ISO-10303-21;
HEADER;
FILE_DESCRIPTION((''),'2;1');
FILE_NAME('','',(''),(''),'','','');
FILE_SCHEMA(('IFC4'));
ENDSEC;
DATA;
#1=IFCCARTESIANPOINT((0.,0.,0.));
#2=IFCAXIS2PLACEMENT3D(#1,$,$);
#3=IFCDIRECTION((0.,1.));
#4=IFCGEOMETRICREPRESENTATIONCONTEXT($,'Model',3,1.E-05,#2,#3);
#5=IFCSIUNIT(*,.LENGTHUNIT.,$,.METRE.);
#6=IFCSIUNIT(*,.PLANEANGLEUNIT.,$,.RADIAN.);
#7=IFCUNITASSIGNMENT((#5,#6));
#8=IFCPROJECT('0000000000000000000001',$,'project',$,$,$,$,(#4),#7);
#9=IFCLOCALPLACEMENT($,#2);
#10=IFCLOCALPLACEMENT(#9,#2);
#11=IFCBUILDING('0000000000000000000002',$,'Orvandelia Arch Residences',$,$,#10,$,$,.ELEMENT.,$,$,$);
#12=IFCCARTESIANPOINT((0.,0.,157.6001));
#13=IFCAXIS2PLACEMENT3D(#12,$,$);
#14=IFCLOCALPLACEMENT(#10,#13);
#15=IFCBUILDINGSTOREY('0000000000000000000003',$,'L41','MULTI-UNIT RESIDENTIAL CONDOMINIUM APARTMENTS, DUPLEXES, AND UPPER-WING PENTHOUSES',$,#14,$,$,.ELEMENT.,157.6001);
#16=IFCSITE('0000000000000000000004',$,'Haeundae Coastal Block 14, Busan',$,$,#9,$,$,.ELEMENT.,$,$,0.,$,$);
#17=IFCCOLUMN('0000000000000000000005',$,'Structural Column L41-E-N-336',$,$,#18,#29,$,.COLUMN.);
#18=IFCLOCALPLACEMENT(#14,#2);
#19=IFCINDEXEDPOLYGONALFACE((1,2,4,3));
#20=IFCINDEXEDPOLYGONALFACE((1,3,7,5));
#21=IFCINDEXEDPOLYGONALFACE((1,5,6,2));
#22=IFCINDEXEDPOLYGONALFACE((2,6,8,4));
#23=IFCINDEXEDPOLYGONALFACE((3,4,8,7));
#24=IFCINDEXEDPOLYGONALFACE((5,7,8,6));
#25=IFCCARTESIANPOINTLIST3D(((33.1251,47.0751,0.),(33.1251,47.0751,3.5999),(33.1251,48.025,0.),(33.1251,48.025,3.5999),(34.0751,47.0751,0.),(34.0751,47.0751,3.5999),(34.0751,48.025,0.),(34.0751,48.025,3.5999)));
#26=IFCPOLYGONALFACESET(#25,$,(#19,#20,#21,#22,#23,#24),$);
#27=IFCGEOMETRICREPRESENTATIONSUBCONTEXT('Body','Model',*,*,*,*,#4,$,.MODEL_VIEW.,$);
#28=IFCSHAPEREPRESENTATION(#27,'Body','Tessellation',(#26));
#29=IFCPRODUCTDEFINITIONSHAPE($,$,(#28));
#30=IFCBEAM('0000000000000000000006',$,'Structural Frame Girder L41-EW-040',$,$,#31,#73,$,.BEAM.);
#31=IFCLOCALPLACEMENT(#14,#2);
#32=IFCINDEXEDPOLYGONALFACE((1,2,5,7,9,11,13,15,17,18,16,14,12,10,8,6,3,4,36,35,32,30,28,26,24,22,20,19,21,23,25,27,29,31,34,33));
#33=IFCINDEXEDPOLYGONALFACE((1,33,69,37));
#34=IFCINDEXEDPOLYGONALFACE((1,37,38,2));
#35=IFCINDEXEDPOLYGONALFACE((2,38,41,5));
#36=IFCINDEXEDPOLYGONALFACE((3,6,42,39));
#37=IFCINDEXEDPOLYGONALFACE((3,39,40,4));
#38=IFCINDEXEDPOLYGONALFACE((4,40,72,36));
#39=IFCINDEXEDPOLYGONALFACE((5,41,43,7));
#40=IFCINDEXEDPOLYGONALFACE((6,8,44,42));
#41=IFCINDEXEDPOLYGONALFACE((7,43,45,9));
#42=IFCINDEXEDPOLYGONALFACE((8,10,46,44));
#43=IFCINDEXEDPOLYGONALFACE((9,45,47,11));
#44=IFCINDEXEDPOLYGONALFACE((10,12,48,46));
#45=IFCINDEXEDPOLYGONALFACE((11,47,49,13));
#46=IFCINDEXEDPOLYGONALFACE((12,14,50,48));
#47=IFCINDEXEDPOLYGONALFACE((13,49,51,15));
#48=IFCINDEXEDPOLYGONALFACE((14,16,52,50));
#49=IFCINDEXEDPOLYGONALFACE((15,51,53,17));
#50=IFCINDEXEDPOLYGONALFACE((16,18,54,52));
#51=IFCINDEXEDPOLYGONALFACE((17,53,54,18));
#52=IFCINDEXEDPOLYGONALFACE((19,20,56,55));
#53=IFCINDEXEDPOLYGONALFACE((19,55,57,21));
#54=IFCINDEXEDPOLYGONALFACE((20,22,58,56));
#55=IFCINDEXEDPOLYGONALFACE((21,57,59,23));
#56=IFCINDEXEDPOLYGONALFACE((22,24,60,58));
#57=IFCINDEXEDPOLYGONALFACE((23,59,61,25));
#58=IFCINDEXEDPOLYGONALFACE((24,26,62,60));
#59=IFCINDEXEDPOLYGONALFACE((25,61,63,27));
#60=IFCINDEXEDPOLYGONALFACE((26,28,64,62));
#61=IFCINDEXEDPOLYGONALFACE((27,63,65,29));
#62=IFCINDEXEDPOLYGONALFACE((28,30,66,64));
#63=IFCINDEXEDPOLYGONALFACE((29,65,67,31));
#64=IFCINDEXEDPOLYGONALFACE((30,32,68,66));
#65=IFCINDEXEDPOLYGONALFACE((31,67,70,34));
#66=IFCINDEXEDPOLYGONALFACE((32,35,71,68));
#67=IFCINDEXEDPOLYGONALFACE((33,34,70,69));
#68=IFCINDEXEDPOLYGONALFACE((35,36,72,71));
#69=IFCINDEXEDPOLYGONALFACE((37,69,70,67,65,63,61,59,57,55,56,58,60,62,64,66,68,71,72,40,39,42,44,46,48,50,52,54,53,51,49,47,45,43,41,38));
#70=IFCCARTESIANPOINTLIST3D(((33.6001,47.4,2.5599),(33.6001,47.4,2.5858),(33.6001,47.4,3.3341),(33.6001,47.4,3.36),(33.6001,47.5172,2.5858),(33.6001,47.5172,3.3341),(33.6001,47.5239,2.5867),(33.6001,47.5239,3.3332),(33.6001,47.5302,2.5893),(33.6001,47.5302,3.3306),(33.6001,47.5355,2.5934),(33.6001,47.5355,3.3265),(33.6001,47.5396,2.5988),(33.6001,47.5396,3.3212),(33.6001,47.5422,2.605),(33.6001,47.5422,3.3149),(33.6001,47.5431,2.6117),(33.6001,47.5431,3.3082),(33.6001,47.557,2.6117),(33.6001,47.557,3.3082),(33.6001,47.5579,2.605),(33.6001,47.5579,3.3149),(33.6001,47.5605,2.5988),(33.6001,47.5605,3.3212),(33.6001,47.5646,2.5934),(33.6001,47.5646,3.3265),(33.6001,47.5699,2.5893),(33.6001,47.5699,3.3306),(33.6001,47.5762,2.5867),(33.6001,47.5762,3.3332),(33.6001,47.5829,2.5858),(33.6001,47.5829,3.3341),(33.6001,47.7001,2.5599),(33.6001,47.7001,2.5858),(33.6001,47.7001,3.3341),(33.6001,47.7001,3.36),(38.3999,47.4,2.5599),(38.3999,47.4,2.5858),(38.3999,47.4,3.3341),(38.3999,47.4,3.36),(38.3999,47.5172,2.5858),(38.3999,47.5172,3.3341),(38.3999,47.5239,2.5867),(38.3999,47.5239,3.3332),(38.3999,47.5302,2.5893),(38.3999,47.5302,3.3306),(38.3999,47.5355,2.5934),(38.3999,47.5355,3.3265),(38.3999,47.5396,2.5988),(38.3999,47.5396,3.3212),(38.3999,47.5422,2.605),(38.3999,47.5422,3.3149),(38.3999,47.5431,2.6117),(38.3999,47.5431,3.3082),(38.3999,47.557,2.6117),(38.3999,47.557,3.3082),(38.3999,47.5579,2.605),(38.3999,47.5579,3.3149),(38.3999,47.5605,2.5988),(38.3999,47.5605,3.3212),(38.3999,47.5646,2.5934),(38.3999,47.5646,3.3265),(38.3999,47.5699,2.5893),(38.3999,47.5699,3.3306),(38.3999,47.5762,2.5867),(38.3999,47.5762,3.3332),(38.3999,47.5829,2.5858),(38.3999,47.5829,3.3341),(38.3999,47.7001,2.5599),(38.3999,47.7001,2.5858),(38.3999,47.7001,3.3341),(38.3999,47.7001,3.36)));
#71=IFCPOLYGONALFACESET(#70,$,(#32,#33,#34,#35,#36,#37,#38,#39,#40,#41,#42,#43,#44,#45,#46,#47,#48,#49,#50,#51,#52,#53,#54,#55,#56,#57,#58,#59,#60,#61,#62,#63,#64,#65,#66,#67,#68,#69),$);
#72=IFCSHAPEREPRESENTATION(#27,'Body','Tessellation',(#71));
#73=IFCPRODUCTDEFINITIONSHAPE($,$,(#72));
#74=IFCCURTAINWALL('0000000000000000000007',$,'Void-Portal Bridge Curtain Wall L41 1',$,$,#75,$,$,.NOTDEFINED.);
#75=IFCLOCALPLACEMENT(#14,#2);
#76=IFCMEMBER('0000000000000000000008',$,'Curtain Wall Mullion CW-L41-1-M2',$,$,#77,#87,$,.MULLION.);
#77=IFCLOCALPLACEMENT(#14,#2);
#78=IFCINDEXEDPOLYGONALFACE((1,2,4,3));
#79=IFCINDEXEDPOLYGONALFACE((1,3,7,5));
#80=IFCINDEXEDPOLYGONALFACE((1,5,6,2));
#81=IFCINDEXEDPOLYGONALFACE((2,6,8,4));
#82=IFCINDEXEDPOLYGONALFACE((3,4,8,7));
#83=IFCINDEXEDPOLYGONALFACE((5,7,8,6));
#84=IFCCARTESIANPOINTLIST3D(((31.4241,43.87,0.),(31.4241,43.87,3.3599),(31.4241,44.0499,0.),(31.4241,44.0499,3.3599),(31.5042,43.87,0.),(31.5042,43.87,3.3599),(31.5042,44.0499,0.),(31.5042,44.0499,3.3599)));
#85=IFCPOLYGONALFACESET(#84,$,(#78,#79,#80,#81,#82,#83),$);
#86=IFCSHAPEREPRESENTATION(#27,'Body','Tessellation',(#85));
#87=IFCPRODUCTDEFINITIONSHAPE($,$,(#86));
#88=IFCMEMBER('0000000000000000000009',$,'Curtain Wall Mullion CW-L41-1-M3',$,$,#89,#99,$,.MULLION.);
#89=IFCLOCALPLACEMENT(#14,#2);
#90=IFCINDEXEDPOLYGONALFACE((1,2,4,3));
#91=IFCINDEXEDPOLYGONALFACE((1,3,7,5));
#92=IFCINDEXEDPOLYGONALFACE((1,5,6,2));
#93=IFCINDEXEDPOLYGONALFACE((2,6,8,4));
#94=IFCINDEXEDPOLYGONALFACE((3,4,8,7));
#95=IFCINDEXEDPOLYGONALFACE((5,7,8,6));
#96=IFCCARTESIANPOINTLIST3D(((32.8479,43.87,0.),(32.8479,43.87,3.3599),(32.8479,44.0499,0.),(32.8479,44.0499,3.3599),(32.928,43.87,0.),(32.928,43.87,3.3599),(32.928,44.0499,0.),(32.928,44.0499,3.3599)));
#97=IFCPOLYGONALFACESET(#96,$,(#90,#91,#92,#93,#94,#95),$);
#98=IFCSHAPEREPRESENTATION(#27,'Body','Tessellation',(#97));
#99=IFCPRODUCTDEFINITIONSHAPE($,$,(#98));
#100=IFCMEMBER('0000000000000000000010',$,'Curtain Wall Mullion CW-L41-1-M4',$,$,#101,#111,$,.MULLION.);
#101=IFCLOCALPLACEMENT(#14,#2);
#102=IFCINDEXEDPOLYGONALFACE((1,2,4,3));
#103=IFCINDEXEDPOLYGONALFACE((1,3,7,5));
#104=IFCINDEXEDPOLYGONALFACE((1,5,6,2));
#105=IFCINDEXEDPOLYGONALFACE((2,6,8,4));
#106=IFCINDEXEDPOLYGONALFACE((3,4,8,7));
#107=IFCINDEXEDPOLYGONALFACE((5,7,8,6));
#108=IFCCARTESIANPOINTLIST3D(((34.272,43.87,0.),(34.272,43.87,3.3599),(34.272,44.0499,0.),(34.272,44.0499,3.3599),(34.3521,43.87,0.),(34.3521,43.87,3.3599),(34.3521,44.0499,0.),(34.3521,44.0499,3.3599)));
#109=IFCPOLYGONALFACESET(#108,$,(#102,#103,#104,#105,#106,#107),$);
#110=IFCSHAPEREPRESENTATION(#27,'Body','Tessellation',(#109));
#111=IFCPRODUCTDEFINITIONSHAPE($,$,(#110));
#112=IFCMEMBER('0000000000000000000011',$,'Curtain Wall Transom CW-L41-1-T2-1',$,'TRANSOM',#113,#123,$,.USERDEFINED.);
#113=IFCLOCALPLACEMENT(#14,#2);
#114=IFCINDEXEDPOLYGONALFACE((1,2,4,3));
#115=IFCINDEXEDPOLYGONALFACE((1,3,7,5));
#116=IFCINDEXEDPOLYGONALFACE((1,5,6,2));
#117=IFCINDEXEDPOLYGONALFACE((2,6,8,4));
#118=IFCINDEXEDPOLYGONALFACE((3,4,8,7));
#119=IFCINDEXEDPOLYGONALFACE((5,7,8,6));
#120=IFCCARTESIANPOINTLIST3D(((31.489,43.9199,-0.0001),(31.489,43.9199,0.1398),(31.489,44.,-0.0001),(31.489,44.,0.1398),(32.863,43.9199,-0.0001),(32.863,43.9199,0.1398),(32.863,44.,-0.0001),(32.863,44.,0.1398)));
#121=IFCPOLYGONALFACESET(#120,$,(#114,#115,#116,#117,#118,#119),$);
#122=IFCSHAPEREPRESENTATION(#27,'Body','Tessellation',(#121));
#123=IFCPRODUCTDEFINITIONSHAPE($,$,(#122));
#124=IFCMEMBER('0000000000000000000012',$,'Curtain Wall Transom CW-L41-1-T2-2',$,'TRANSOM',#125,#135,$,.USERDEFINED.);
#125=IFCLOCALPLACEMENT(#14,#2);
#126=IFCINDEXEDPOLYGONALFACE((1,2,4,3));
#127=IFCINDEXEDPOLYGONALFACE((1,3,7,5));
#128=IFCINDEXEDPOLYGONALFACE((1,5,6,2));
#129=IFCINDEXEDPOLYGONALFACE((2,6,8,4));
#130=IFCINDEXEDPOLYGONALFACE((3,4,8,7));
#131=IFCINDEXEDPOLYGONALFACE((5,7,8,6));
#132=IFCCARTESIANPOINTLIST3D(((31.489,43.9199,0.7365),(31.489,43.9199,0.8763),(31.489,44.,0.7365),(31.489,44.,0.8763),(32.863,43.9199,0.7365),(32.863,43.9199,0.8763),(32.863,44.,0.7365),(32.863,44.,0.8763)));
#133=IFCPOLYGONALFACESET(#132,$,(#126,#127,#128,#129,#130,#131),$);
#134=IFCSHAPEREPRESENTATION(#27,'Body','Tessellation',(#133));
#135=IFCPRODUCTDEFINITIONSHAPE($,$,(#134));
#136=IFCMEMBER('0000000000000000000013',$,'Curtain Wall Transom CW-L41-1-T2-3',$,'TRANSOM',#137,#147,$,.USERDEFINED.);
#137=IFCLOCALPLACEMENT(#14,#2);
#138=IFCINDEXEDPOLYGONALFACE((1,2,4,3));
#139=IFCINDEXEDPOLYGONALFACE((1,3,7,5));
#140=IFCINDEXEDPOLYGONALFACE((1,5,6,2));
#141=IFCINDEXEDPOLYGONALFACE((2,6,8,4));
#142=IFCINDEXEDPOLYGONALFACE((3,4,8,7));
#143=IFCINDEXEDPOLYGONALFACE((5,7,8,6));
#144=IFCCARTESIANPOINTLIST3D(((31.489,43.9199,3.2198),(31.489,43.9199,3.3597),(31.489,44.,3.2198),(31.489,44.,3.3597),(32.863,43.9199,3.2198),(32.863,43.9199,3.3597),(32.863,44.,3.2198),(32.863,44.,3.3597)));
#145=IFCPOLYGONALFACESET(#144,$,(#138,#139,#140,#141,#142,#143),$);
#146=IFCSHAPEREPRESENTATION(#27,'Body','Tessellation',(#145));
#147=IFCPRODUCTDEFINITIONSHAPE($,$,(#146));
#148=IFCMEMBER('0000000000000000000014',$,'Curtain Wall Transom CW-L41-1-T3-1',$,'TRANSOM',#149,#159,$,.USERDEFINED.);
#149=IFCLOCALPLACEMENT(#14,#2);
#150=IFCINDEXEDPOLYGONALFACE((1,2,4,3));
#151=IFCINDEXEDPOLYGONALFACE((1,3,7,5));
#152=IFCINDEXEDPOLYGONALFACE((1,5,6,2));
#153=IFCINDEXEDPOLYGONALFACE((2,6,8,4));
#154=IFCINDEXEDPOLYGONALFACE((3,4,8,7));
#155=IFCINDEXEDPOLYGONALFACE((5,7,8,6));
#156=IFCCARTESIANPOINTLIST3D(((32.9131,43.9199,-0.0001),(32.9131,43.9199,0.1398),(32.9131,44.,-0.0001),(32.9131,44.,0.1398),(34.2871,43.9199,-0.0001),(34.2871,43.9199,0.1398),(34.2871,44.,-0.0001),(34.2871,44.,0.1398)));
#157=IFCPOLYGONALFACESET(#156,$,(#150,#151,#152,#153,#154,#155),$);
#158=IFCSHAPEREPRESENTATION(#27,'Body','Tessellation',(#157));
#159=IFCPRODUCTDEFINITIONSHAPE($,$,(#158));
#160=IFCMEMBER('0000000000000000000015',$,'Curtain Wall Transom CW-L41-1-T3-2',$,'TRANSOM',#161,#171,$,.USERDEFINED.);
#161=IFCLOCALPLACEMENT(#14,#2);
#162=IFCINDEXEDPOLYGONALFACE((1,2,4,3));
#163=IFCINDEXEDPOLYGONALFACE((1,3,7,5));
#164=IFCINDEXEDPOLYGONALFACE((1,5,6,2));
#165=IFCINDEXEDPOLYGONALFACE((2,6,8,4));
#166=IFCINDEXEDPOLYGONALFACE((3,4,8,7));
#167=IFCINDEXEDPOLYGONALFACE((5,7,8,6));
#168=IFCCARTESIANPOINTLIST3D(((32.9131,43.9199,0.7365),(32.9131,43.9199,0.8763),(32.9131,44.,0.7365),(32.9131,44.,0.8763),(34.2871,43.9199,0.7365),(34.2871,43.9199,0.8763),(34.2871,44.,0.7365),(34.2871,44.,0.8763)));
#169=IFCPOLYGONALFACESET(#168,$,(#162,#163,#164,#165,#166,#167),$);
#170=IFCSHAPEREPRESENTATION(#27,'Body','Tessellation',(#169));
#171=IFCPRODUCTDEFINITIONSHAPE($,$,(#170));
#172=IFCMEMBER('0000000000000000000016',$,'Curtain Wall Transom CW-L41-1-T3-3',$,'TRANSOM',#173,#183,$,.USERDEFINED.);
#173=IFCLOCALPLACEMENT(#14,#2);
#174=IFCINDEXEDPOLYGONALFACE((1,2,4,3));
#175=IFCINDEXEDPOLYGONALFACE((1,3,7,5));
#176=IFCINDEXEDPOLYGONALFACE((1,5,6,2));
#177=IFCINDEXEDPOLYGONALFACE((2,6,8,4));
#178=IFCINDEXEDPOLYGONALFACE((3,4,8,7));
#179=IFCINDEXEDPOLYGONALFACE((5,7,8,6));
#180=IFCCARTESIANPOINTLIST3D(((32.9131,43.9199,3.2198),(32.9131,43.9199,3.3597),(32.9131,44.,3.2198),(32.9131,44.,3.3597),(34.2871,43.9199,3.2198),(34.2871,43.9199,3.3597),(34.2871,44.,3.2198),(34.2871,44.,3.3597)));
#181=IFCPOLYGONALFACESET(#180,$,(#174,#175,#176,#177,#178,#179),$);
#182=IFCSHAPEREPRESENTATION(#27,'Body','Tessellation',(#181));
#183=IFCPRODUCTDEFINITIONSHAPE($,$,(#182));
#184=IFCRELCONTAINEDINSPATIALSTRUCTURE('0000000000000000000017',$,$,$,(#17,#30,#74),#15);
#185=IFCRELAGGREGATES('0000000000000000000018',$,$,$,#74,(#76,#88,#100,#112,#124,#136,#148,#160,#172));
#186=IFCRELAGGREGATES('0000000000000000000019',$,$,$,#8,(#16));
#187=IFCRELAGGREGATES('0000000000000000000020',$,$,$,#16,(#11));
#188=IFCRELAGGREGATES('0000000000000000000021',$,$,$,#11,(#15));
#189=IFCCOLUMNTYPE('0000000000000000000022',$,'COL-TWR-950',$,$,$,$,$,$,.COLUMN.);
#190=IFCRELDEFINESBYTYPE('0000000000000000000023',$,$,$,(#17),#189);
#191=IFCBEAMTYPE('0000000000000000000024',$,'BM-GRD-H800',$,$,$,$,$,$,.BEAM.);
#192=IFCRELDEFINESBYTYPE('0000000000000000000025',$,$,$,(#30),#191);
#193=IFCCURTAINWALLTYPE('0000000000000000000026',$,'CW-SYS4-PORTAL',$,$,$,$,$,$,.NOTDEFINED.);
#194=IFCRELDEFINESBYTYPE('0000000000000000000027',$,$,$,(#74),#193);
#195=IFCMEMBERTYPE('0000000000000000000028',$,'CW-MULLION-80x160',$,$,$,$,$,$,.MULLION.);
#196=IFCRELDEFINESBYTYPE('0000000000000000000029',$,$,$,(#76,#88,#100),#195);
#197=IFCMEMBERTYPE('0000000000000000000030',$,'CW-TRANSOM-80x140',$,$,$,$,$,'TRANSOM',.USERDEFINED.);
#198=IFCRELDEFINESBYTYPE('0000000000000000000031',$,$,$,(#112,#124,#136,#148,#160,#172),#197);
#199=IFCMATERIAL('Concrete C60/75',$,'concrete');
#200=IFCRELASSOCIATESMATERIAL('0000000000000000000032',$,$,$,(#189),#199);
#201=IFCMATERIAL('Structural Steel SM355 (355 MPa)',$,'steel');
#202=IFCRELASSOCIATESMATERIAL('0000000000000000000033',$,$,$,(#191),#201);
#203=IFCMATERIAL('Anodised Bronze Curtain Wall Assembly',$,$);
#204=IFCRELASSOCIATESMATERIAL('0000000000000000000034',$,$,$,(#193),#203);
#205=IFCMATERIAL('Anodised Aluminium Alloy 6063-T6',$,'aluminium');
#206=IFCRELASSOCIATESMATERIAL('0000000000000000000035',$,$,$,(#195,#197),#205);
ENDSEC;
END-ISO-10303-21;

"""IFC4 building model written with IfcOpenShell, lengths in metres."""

from ifc_helpers import new_model, si_unit, direction, frame, origin, origin_2d, place, context, subcontext, project, spatial, rectangle, i_section, extrude, material, material_profile, profile_set, type_object, element, aggregate, save


model = new_model("IFC4")

# Units and contexts
model_context = context("Model", 3, precision=1e-05, world=origin(), true_north=direction((0.0, 1.0)))
body_context = subcontext(model_context, "Body", "Model", "MODEL_VIEW")
ifc_project = project(units=[si_unit("LENGTHUNIT", "METRE"), si_unit("PLANEANGLEUNIT", "RADIAN")], contexts=[model_context])

# Site, building, storey
site_placement = place(None, origin())
site = spatial("IfcSite", under=ifc_project, at=site_placement, Name="Haeundae Coastal Block 14, Busan", CompositionType="ELEMENT", RefElevation=0.0)
building_placement = place(site_placement, origin())
building = spatial("IfcBuilding", under=site, at=building_placement, Name="Orvandelia Arch Residences", CompositionType="ELEMENT")
storey_placement = place(building_placement, frame((0.0, 0.0, 157.6001)))
storey = spatial("IfcBuildingStorey", under=building, at=storey_placement, Name="L41", Description="MULTI-UNIT RESIDENTIAL CONDOMINIUM APARTMENTS, DUPLEXES, AND UPPER-WING PENTHOUSES", CompositionType="ELEMENT", Elevation=157.6001)

# Column
ifc_material_1 = material(Name="Concrete C60/75", Category="concrete")
ifc_material_profile_1 = material_profile(ifc_material_1, rectangle(XDim=0.95, YDim=0.95, at=origin_2d()), Name="Concrete C60/75", Category="concrete")
ifc_profile_set_1 = profile_set([ifc_material_profile_1], Name="Concrete C60/75")
column_type = type_object("IfcColumnType", Name="COL-TWR-950", PredefinedType="COLUMN", material=ifc_profile_set_1)
column_placement = place(storey_placement, frame((33.6001, 47.55, 0.0), z_axis=(0.0, 0.0, 1.0), x_axis=(1.0, 0.0, 0.0)))
element("IfcColumn", 1, at=column_placement, inside=storey, type_object=column_type, Name="Structural Column L41-E-N-336", PredefinedType="COLUMN", context=body_context, shape_type="SweptSolid", body=[
    extrude(rectangle(XDim=0.95, YDim=0.95, at=origin_2d()), origin(), (0.0, 0.0, 1.0), 3.5999),
])

# Beam
ifc_material_2 = material(Name="Structural Steel SM355 (355 MPa)", Category="steel")
ifc_material_profile_2 = material_profile(ifc_material_2, i_section(OverallWidth=0.3, OverallDepth=0.8, WebThickness=0.0139, FlangeThickness=0.0259, FilletRadius=0.0259, at=origin_2d()), Name="Structural Steel SM355 (355 MPa)", Category="steel")
ifc_profile_set_2 = profile_set([ifc_material_profile_2], Name="Structural Steel SM355 (355 MPa)")
beam_type = type_object("IfcBeamType", Name="BM-GRD-H800", PredefinedType="BEAM", material=ifc_profile_set_2)
beam_placement = place(storey_placement, frame((33.6001, 47.55, 2.96), z_axis=(1.0, 0.0, 0.0), x_axis=(0.0, 1.0, 0.0)))
element("IfcBeam", 2, at=beam_placement, inside=storey, type_object=beam_type, Name="Structural Frame Girder L41-EW-040", PredefinedType="BEAM", context=body_context, shape_type="SweptSolid", body=[
    extrude(i_section(OverallWidth=0.3, OverallDepth=0.8, WebThickness=0.0139, FlangeThickness=0.0259, FilletRadius=0.0259, at=origin_2d()), origin(), (0.0, 0.0, 1.0), 4.7998),
])

# Curtain wall, members
ifc_material_3 = material(Name="Anodised Bronze Curtain Wall Assembly")
curtain_wall_type = type_object("IfcCurtainWallType", Name="CW-SYS4-PORTAL", PredefinedType="NOTDEFINED", material=ifc_material_3)
curtain_wall_placement = place(storey_placement, origin())
curtain_wall = element("IfcCurtainWall", 3, at=curtain_wall_placement, inside=storey, type_object=curtain_wall_type, Name="Void-Portal Bridge Curtain Wall L41 1", PredefinedType="NOTDEFINED")
ifc_material_4 = material(Name="Anodised Aluminium Alloy 6063-T6", Category="aluminium")
ifc_material_profile_3 = material_profile(ifc_material_4, rectangle(XDim=0.0801, YDim=0.1799, at=origin_2d()), Name="Anodised Aluminium Alloy 6063-T6", Category="aluminium")
ifc_profile_set_3 = profile_set([ifc_material_profile_3], Name="Anodised Aluminium Alloy 6063-T6")
member_type_1 = type_object("IfcMemberType", Name="CW-MULLION-80x160", PredefinedType="MULLION", material=ifc_profile_set_3)
member_1_placement = place(storey_placement, frame((31.4641, 43.96, 0.0), z_axis=(0.0, 0.0, 1.0), x_axis=(1.0, 0.0, 0.0)))
member_1 = element("IfcMember", 4, at=member_1_placement, type_object=member_type_1, Name="Curtain Wall Mullion CW-L41-1-M2", PredefinedType="MULLION", context=body_context, shape_type="SweptSolid", body=[
    extrude(rectangle(XDim=0.0801, YDim=0.1799, at=origin_2d()), origin(), (0.0, 0.0, 1.0), 3.3599),
])
member_2_placement = place(storey_placement, frame((32.8879, 43.96, 0.0), z_axis=(0.0, 0.0, 1.0), x_axis=(1.0, 0.0, 0.0)))
member_2 = element("IfcMember", 5, at=member_2_placement, type_object=member_type_1, Name="Curtain Wall Mullion CW-L41-1-M3", PredefinedType="MULLION", context=body_context, shape_type="SweptSolid", body=[
    extrude(rectangle(XDim=0.0801, YDim=0.1799, at=origin_2d()), origin(), (0.0, 0.0, 1.0), 3.3599),
])
member_3_placement = place(storey_placement, frame((34.312, 43.96, 0.0), z_axis=(0.0, 0.0, 1.0), x_axis=(1.0, 0.0, 0.0)))
member_3 = element("IfcMember", 6, at=member_3_placement, type_object=member_type_1, Name="Curtain Wall Mullion CW-L41-1-M4", PredefinedType="MULLION", context=body_context, shape_type="SweptSolid", body=[
    extrude(rectangle(XDim=0.0801, YDim=0.1799, at=origin_2d()), origin(), (0.0, 0.0, 1.0), 3.3599),
])
ifc_material_profile_4 = material_profile(ifc_material_4, rectangle(XDim=0.0801, YDim=0.1399, at=origin_2d()), Name="Anodised Aluminium Alloy 6063-T6", Category="aluminium")
ifc_profile_set_4 = profile_set([ifc_material_profile_4], Name="Anodised Aluminium Alloy 6063-T6")
member_type_2 = type_object("IfcMemberType", Name="CW-TRANSOM-80x140", ElementType="TRANSOM", PredefinedType="USERDEFINED", material=ifc_profile_set_4)
member_4_placement = place(storey_placement, frame((31.489, 43.96, 0.0698), z_axis=(1.0, 0.0, 0.0), x_axis=(0.0, 1.0, 0.0)))
member_4 = element("IfcMember", 7, at=member_4_placement, type_object=member_type_2, Name="Curtain Wall Transom CW-L41-1-T2-1", ObjectType="TRANSOM", PredefinedType="USERDEFINED", context=body_context, shape_type="SweptSolid", body=[
    extrude(rectangle(XDim=0.0801, YDim=0.1399, at=origin_2d()), origin(), (0.0, 0.0, 1.0), 1.374),
])
member_5_placement = place(storey_placement, frame((31.489, 43.96, 0.8064), z_axis=(1.0, 0.0, 0.0), x_axis=(0.0, 1.0, 0.0)))
member_5 = element("IfcMember", 8, at=member_5_placement, type_object=member_type_2, Name="Curtain Wall Transom CW-L41-1-T2-2", ObjectType="TRANSOM", PredefinedType="USERDEFINED", context=body_context, shape_type="SweptSolid", body=[
    extrude(rectangle(XDim=0.0801, YDim=0.1399, at=origin_2d()), origin(), (0.0, 0.0, 1.0), 1.374),
])
member_6_placement = place(storey_placement, frame((31.489, 43.96, 3.2898), z_axis=(1.0, 0.0, 0.0), x_axis=(0.0, 1.0, 0.0)))
member_6 = element("IfcMember", 9, at=member_6_placement, type_object=member_type_2, Name="Curtain Wall Transom CW-L41-1-T2-3", ObjectType="TRANSOM", PredefinedType="USERDEFINED", context=body_context, shape_type="SweptSolid", body=[
    extrude(rectangle(XDim=0.0801, YDim=0.1399, at=origin_2d()), origin(), (0.0, 0.0, 1.0), 1.374),
])
member_7_placement = place(storey_placement, frame((32.9131, 43.96, 0.0698), z_axis=(1.0, 0.0, 0.0), x_axis=(0.0, 1.0, 0.0)))
member_7 = element("IfcMember", 10, at=member_7_placement, type_object=member_type_2, Name="Curtain Wall Transom CW-L41-1-T3-1", ObjectType="TRANSOM", PredefinedType="USERDEFINED", context=body_context, shape_type="SweptSolid", body=[
    extrude(rectangle(XDim=0.0801, YDim=0.1399, at=origin_2d()), origin(), (0.0, 0.0, 1.0), 1.374),
])
member_8_placement = place(storey_placement, frame((32.9131, 43.96, 0.8064), z_axis=(1.0, 0.0, 0.0), x_axis=(0.0, 1.0, 0.0)))
member_8 = element("IfcMember", 11, at=member_8_placement, type_object=member_type_2, Name="Curtain Wall Transom CW-L41-1-T3-2", ObjectType="TRANSOM", PredefinedType="USERDEFINED", context=body_context, shape_type="SweptSolid", body=[
    extrude(rectangle(XDim=0.0801, YDim=0.1399, at=origin_2d()), origin(), (0.0, 0.0, 1.0), 1.374),
])
member_9_placement = place(storey_placement, frame((32.9131, 43.96, 3.2898), z_axis=(1.0, 0.0, 0.0), x_axis=(0.0, 1.0, 0.0)))
member_9 = element("IfcMember", 12, at=member_9_placement, type_object=member_type_2, Name="Curtain Wall Transom CW-L41-1-T3-3", ObjectType="TRANSOM", PredefinedType="USERDEFINED", context=body_context, shape_type="SweptSolid", body=[
    extrude(rectangle(XDim=0.0801, YDim=0.1399, at=origin_2d()), origin(), (0.0, 0.0, 1.0), 1.374),
])
aggregate(curtain_wall, [member_1, member_2, member_3, member_4, member_5, member_6, member_7, member_8, member_9])

save(model, "model.ifc")
